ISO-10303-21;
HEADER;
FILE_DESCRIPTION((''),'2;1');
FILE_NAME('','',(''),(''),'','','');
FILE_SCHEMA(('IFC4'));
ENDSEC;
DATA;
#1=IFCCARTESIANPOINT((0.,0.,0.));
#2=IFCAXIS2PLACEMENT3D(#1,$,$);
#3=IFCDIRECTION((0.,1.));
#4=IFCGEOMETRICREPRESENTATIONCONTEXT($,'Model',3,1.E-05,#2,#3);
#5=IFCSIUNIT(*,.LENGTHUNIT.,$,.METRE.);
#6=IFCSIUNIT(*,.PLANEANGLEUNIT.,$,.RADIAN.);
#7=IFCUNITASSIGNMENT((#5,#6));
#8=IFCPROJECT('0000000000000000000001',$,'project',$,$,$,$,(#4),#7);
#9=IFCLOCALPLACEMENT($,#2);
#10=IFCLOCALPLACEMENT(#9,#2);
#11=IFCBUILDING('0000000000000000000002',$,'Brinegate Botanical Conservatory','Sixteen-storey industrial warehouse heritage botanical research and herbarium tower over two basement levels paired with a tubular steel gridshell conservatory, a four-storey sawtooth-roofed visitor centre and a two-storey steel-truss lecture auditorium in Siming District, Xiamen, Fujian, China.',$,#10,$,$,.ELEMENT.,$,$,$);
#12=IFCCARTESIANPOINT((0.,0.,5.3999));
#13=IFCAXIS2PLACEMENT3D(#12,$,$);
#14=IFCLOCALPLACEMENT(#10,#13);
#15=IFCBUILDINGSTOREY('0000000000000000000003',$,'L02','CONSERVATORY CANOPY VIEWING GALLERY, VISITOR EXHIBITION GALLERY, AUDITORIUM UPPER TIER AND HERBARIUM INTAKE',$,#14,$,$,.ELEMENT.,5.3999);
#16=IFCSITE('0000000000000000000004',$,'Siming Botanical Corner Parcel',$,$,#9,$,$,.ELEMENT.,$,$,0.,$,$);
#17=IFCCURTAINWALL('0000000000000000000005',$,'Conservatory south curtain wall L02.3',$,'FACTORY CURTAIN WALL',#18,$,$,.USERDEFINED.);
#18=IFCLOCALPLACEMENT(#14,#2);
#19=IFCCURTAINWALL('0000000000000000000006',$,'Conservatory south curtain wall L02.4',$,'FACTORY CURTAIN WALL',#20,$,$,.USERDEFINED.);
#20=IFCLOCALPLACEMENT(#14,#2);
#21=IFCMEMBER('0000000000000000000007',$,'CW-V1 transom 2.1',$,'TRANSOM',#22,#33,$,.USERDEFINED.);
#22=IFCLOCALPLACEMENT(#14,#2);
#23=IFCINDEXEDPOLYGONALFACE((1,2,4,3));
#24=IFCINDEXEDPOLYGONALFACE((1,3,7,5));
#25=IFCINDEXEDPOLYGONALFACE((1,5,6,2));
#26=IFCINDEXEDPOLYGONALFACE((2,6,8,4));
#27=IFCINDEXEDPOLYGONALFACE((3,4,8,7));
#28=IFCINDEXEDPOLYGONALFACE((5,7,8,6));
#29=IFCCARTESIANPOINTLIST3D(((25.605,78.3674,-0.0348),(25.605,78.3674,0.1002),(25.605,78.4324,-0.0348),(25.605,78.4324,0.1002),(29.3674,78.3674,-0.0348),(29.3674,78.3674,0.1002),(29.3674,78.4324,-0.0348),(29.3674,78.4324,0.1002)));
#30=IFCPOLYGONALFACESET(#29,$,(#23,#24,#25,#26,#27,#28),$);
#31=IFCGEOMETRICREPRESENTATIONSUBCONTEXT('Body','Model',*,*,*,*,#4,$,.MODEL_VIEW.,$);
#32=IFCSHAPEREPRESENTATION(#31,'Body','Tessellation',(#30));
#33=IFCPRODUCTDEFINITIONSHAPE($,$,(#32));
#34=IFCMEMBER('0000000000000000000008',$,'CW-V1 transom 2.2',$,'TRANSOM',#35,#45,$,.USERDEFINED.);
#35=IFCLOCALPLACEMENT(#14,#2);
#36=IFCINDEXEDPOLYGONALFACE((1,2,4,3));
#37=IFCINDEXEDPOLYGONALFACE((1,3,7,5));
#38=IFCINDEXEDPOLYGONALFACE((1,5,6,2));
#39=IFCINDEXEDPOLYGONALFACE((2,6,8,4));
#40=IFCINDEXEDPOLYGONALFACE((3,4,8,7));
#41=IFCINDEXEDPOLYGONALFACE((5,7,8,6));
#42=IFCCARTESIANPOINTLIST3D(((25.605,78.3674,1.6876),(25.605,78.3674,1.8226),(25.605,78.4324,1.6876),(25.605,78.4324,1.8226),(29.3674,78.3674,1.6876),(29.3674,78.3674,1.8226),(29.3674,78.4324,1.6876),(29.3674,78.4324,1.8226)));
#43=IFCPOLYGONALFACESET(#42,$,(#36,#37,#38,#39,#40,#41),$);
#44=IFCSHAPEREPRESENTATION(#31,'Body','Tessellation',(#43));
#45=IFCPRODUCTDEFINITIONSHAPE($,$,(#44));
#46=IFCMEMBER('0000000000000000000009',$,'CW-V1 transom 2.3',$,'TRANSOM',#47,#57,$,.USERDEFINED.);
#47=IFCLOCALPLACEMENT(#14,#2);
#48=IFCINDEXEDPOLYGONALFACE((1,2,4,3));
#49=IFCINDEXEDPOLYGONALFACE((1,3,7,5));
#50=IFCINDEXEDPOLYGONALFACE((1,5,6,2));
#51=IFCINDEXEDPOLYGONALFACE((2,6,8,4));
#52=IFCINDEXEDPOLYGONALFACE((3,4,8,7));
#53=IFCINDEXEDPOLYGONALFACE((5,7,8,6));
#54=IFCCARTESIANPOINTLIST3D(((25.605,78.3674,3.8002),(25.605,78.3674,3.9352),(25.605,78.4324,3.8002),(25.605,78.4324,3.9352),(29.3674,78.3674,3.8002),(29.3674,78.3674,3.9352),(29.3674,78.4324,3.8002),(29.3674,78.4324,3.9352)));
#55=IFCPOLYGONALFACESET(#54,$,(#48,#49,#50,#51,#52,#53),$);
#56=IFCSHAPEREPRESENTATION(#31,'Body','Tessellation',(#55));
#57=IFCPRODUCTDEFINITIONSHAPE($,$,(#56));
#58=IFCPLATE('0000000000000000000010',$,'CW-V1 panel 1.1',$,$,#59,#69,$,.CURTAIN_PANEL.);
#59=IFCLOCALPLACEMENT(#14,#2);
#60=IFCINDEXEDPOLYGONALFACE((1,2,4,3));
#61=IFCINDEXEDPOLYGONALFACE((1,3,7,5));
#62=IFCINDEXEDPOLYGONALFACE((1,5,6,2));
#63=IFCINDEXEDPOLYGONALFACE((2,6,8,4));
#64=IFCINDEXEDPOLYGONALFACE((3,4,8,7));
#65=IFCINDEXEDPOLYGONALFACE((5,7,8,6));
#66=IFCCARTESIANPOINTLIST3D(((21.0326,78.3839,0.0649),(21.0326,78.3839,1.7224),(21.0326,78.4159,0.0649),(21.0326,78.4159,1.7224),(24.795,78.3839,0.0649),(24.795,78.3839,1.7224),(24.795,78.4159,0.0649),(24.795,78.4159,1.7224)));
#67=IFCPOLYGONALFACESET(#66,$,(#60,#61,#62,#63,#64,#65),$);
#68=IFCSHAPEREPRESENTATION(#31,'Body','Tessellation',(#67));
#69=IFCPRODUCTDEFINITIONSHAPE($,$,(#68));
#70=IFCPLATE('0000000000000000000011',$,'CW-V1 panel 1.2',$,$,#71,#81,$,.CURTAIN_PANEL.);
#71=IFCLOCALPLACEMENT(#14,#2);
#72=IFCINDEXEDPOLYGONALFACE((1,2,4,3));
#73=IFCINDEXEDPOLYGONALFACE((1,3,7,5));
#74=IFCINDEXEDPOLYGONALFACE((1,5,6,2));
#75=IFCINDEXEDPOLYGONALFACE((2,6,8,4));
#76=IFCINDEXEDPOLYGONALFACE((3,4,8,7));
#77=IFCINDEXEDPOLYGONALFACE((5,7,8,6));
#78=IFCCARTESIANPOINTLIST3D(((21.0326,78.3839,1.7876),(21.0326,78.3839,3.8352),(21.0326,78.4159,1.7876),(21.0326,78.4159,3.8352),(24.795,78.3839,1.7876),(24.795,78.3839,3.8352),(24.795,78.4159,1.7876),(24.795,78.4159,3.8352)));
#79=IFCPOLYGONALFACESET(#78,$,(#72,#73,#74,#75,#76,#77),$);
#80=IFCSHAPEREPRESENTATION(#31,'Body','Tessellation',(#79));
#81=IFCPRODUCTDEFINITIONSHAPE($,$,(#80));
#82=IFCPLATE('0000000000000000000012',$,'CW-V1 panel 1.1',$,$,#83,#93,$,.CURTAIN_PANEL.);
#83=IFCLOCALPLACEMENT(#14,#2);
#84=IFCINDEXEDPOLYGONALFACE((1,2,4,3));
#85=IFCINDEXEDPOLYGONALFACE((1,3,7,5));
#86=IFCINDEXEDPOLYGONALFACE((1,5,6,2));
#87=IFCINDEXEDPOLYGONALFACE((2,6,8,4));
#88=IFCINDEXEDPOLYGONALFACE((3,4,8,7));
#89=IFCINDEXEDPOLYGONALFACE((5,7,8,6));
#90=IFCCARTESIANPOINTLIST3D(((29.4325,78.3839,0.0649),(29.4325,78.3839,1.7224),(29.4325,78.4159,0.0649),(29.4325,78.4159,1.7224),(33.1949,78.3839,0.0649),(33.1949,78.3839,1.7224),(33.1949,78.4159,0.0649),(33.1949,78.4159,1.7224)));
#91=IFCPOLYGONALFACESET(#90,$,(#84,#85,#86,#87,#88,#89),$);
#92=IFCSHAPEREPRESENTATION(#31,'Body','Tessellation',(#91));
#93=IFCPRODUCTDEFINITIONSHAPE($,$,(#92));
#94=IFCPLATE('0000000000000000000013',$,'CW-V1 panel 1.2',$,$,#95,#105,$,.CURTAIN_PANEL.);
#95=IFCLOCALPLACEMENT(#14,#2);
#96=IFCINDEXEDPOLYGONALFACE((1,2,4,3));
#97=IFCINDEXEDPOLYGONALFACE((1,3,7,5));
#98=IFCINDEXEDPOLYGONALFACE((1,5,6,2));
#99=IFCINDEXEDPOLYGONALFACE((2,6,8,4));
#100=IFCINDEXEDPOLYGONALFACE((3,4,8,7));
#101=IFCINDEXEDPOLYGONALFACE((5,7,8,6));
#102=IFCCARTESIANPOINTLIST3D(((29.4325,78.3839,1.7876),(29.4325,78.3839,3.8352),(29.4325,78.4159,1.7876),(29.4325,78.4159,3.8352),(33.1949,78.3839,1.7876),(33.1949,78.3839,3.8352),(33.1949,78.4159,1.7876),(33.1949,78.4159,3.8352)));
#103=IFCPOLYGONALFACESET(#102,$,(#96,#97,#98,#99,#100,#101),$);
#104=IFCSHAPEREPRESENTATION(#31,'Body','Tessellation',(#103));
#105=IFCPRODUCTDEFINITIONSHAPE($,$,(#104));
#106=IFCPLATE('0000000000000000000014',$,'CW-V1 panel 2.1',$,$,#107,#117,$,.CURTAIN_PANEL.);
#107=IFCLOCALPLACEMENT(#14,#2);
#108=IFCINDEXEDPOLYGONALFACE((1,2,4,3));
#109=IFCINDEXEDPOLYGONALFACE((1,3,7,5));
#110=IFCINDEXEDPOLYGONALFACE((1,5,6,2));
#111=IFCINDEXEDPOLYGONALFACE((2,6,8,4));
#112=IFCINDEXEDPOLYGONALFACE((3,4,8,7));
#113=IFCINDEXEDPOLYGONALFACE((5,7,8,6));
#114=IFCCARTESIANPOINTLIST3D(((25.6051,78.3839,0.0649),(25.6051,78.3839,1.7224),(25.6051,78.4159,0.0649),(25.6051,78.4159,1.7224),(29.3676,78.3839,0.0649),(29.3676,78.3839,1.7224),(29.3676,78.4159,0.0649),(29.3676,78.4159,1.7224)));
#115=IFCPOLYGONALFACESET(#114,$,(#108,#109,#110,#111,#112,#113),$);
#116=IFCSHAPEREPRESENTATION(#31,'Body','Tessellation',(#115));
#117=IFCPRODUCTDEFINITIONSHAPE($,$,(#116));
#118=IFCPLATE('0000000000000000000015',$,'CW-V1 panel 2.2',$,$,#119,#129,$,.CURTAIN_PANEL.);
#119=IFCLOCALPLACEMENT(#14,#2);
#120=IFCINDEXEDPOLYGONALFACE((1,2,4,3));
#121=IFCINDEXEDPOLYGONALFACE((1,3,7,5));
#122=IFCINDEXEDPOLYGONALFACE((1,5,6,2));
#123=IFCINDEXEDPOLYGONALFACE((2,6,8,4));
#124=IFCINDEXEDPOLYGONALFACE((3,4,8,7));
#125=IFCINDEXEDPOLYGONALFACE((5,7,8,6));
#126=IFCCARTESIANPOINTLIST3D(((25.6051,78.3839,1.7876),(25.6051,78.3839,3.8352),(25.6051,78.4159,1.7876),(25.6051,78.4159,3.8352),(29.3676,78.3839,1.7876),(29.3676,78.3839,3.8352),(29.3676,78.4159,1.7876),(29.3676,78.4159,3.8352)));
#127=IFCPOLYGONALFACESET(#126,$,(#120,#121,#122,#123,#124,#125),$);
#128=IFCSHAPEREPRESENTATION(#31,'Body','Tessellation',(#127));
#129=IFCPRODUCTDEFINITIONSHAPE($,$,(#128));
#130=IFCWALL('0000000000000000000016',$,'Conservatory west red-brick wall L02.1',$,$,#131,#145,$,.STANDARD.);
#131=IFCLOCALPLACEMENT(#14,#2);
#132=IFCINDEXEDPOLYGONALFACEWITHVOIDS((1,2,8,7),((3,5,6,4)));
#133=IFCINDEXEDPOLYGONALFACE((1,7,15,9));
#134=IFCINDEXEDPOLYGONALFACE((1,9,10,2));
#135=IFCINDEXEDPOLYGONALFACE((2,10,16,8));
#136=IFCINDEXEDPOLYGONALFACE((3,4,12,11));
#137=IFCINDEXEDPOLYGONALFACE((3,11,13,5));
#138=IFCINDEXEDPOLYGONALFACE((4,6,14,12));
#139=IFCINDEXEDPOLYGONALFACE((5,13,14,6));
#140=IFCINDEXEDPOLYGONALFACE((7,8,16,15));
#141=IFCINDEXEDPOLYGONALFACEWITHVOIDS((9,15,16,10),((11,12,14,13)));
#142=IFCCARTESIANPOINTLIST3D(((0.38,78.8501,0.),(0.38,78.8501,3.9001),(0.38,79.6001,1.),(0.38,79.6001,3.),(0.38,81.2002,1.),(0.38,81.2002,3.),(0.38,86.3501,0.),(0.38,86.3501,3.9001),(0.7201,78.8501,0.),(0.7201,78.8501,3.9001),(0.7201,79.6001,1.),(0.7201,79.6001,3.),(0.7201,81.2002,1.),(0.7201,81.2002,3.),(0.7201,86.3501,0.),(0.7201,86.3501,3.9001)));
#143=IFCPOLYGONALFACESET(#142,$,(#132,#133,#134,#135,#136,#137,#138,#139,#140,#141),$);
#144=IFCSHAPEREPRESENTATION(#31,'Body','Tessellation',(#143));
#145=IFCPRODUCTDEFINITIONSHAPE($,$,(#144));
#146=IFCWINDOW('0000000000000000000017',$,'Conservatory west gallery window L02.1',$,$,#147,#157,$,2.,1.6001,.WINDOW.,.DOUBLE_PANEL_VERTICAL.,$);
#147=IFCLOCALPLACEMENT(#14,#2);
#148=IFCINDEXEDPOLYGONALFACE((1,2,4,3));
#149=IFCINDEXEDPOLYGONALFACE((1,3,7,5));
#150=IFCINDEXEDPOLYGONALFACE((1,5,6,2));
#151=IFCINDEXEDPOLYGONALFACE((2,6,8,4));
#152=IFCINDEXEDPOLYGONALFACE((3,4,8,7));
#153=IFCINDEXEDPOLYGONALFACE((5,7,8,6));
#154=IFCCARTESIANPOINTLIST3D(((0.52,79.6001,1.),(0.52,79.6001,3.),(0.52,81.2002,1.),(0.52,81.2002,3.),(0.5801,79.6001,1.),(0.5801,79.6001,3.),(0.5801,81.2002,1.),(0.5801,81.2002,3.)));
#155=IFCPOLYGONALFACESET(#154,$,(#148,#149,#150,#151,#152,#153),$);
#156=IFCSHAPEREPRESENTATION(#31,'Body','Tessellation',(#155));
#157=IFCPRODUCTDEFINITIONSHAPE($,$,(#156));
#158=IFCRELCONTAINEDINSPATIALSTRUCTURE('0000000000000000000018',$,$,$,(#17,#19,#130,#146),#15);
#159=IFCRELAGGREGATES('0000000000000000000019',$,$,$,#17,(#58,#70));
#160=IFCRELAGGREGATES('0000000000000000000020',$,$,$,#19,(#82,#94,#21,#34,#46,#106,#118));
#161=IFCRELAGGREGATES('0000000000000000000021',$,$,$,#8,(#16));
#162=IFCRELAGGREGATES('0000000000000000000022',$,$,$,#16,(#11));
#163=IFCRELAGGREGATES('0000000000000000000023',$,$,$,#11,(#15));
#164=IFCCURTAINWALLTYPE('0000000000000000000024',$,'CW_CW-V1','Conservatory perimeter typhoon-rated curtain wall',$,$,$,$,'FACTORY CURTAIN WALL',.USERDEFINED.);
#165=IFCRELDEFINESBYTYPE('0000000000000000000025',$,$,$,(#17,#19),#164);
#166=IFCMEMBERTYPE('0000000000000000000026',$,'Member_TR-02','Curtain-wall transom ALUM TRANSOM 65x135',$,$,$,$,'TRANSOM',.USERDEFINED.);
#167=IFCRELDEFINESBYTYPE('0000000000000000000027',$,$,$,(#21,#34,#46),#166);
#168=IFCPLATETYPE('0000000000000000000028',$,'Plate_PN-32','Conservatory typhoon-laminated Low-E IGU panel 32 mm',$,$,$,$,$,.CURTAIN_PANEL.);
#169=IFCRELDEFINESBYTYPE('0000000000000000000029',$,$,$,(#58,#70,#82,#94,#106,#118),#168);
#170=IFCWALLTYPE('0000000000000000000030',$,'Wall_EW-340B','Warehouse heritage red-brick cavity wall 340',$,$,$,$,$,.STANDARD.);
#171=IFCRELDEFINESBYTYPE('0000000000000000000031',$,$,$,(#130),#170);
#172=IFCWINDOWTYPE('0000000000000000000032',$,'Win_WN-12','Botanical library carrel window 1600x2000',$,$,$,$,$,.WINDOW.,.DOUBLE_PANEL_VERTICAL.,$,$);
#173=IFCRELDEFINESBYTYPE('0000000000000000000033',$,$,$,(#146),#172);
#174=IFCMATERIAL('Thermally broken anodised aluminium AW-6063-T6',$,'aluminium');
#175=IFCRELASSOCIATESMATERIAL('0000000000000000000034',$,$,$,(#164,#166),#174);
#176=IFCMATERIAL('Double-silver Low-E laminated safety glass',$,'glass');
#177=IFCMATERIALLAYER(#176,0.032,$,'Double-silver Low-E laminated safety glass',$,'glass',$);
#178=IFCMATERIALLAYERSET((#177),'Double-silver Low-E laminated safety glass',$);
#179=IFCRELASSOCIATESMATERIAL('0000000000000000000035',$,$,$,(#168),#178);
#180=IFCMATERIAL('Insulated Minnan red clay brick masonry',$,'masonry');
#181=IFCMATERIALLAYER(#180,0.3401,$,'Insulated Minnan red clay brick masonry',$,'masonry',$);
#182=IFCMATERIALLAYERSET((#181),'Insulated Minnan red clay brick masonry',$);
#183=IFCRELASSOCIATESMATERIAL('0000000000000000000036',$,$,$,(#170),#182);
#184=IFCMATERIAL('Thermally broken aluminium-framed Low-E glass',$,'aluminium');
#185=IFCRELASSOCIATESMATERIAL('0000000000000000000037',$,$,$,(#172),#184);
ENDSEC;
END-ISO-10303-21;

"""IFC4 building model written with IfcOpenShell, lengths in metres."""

from ifc_helpers import new_model, si_unit, direction, frame, frame_2d, origin, origin_2d, place, context, subcontext, project, spatial, rectangle, extrude, material, layer, layer_set, material_profile, profile_set, type_object, element, fill, aggregate, save


model = new_model("IFC4")

# Units and contexts
model_context = context("Model", 3, precision=1e-05, world=origin(), true_north=direction((0.0, 1.0)))
body_context = subcontext(model_context, "Body", "Model", "MODEL_VIEW")
ifc_project = project(units=[si_unit("LENGTHUNIT", "METRE"), si_unit("PLANEANGLEUNIT", "RADIAN")], contexts=[model_context])

# Site, building, storey
site_placement = place(None, origin())
site = spatial("IfcSite", under=ifc_project, at=site_placement, Name="Siming Botanical Corner Parcel", CompositionType="ELEMENT", RefElevation=0.0)
building_placement = place(site_placement, origin())
building = spatial("IfcBuilding", under=site, at=building_placement, Name="Brinegate Botanical Conservatory", Description="Sixteen-storey industrial warehouse heritage botanical research and herbarium tower over two basement levels paired with a tubular steel gridshell conservatory, a four-storey sawtooth-roofed visitor centre and a two-storey steel-truss lecture auditorium in Siming District, Xiamen, Fujian, China.", CompositionType="ELEMENT")
storey_placement = place(building_placement, frame((0.0, 0.0, 5.3999)))
storey = spatial("IfcBuildingStorey", under=building, at=storey_placement, Name="L02", Description="CONSERVATORY CANOPY VIEWING GALLERY, VISITOR EXHIBITION GALLERY, AUDITORIUM UPPER TIER AND HERBARIUM INTAKE", CompositionType="ELEMENT", Elevation=5.3999)

# Curtain walls
ifc_material_1 = material(Name="Thermally broken anodised aluminium AW-6063-T6", Category="aluminium")
curtain_wall_type = type_object("IfcCurtainWallType", Name="CW_CW-V1", Description="Conservatory perimeter typhoon-rated curtain wall", ElementType="FACTORY CURTAIN WALL", PredefinedType="USERDEFINED", material=ifc_material_1)
curtain_wall_1_placement = place(storey_placement, origin())
curtain_wall_1 = element("IfcCurtainWall", 1, at=curtain_wall_1_placement, inside=storey, type_object=curtain_wall_type, Name="Conservatory south curtain wall L02.3", ObjectType="FACTORY CURTAIN WALL", PredefinedType="USERDEFINED")
curtain_wall_2_placement = place(storey_placement, origin())
curtain_wall_2 = element("IfcCurtainWall", 2, at=curtain_wall_2_placement, inside=storey, type_object=curtain_wall_type, Name="Conservatory south curtain wall L02.4", ObjectType="FACTORY CURTAIN WALL", PredefinedType="USERDEFINED")

# Members
ifc_material_profile_1 = material_profile(ifc_material_1, rectangle(XDim=0.0649, YDim=0.135, at=origin_2d()), Name="ALUM TRANSOM 65x135")
ifc_profile_set_1 = profile_set([ifc_material_profile_1], Name="Thermally broken anodised aluminium AW-6063-T6")
member_type_1 = type_object("IfcMemberType", Name="Member_TR-02", Description="Curtain-wall transom ALUM TRANSOM 65x135", ElementType="TRANSOM", PredefinedType="USERDEFINED", material=ifc_profile_set_1)
member_1_placement = place(storey_placement, frame((29.3674, 78.3999, 0.0327), z_axis=(-1.0, 0.0, 0.0), x_axis=(0.0, -1.0, 0.0)))
member_1 = element("IfcMember", 3, at=member_1_placement, type_object=member_type_1, Name="CW-V1 transom 2.1", ObjectType="TRANSOM", PredefinedType="USERDEFINED", context=body_context, shape_type="SweptSolid", body=[
    extrude(rectangle(XDim=0.0649, YDim=0.135, at=origin_2d()), origin(), (0.0, 0.0, 1.0), 3.7625),
])
member_2_placement = place(storey_placement, frame((29.3674, 78.3999, 1.7551), z_axis=(-1.0, 0.0, 0.0), x_axis=(0.0, -1.0, 0.0)))
member_2 = element("IfcMember", 4, at=member_2_placement, type_object=member_type_1, Name="CW-V1 transom 2.2", ObjectType="TRANSOM", PredefinedType="USERDEFINED", context=body_context, shape_type="SweptSolid", body=[
    extrude(rectangle(XDim=0.0649, YDim=0.135, at=origin_2d()), origin(), (0.0, 0.0, 1.0), 3.7625),
])
member_3_placement = place(storey_placement, frame((29.3674, 78.3999, 3.8677), z_axis=(-1.0, 0.0, 0.0), x_axis=(0.0, -1.0, 0.0)))
member_3 = element("IfcMember", 5, at=member_3_placement, type_object=member_type_1, Name="CW-V1 transom 2.3", ObjectType="TRANSOM", PredefinedType="USERDEFINED", context=body_context, shape_type="SweptSolid", body=[
    extrude(rectangle(XDim=0.0649, YDim=0.135, at=origin_2d()), origin(), (0.0, 0.0, 1.0), 3.7625),
])

# Plates
ifc_material_2 = material(Name="Double-silver Low-E laminated safety glass", Category="glass")
ifc_layer_1 = layer(ifc_material_2, 0.032, Name="Double-silver Low-E laminated safety glass", Category="glass")
ifc_layer_set_1 = layer_set([ifc_layer_1], Name="Double-silver Low-E laminated safety glass")
plate_type = type_object("IfcPlateType", Name="Plate_PN-32", Description="Conservatory typhoon-laminated Low-E IGU panel 32 mm", PredefinedType="CURTAIN_PANEL", material=ifc_layer_set_1)
plate_1_placement = place(storey_placement, frame((22.9138, 78.3999, 0.0649), z_axis=(0.0, 0.0, 1.0), x_axis=(-1.0, 0.0, 0.0)))
plate_1 = element("IfcPlate", 6, at=plate_1_placement, type_object=plate_type, Name="CW-V1 panel 1.1", PredefinedType="CURTAIN_PANEL", context=body_context, shape_type="SweptSolid", body=[
    extrude(rectangle(XDim=3.7625, YDim=0.032, at=origin_2d()), origin(), (0.0, 0.0, 1.0), 1.6575),
])
plate_2_placement = place(storey_placement, frame((22.9138, 78.3999, 1.7876), z_axis=(0.0, 0.0, 1.0), x_axis=(-1.0, 0.0, 0.0)))
plate_2 = element("IfcPlate", 7, at=plate_2_placement, type_object=plate_type, Name="CW-V1 panel 1.2", PredefinedType="CURTAIN_PANEL", context=body_context, shape_type="SweptSolid", body=[
    extrude(rectangle(XDim=3.7625, YDim=0.032, at=origin_2d()), origin(), (0.0, 0.0, 1.0), 2.0476),
])
aggregate(curtain_wall_1, [plate_1, plate_2])
plate_3_placement = place(storey_placement, frame((31.3137, 78.3999, 0.0649), z_axis=(0.0, 0.0, 1.0), x_axis=(-1.0, 0.0, 0.0)))
plate_3 = element("IfcPlate", 8, at=plate_3_placement, type_object=plate_type, Name="CW-V1 panel 1.1", PredefinedType="CURTAIN_PANEL", context=body_context, shape_type="SweptSolid", body=[
    extrude(rectangle(XDim=3.7625, YDim=0.032, at=origin_2d()), origin(), (0.0, 0.0, 1.0), 1.6575),
])
plate_4_placement = place(storey_placement, frame((31.3137, 78.3999, 1.7876), z_axis=(0.0, 0.0, 1.0), x_axis=(-1.0, 0.0, 0.0)))
plate_4 = element("IfcPlate", 9, at=plate_4_placement, type_object=plate_type, Name="CW-V1 panel 1.2", PredefinedType="CURTAIN_PANEL", context=body_context, shape_type="SweptSolid", body=[
    extrude(rectangle(XDim=3.7625, YDim=0.032, at=origin_2d()), origin(), (0.0, 0.0, 1.0), 2.0476),
])
plate_5_placement = place(storey_placement, frame((27.4863, 78.3999, 0.0649), z_axis=(0.0, 0.0, 1.0), x_axis=(-1.0, 0.0, 0.0)))
plate_5 = element("IfcPlate", 10, at=plate_5_placement, type_object=plate_type, Name="CW-V1 panel 2.1", PredefinedType="CURTAIN_PANEL", context=body_context, shape_type="SweptSolid", body=[
    extrude(rectangle(XDim=3.7625, YDim=0.032, at=origin_2d()), origin(), (0.0, 0.0, 1.0), 1.6575),
])
plate_6_placement = place(storey_placement, frame((27.4863, 78.3999, 1.7876), z_axis=(0.0, 0.0, 1.0), x_axis=(-1.0, 0.0, 0.0)))
plate_6 = element("IfcPlate", 11, at=plate_6_placement, type_object=plate_type, Name="CW-V1 panel 2.2", PredefinedType="CURTAIN_PANEL", context=body_context, shape_type="SweptSolid", body=[
    extrude(rectangle(XDim=3.7625, YDim=0.032, at=origin_2d()), origin(), (0.0, 0.0, 1.0), 2.0476),
])
aggregate(curtain_wall_2, [plate_3, plate_4, member_1, member_2, member_3, plate_5, plate_6])

# Wall, opening, window
ifc_material_3 = material(Name="Insulated Minnan red clay brick masonry", Category="masonry")
ifc_layer_2 = layer(ifc_material_3, 0.3401, Name="Insulated Minnan red clay brick masonry", Category="masonry")
ifc_layer_set_2 = layer_set([ifc_layer_2], Name="Insulated Minnan red clay brick masonry")
wall_type = type_object("IfcWallType", Name="Wall_EW-340B", Description="Warehouse heritage red-brick cavity wall 340", PredefinedType="STANDARD", material=ifc_layer_set_2)
wall_placement = place(storey_placement, frame((0.55, 78.8501, 0.0), z_axis=(0.0, 0.0, 1.0), x_axis=(0.0, 1.0, 0.0)))
wall = element("IfcWall", 12, at=wall_placement, inside=storey, type_object=wall_type, Name="Conservatory west red-brick wall L02.1", PredefinedType="STANDARD", context=body_context, shape_type="SweptSolid", body=[
    extrude(rectangle(XDim=7.5, YDim=0.3401, at=frame_2d((3.75, 0.0))), origin(), (0.0, 0.0, 1.0), 3.9001),
])
opening_placement = place(wall_placement, frame((0.75, 0.0, 1.0)))
opening = element("IfcOpeningElement", 13, at=opening_placement, cuts=wall, PredefinedType="OPENING", context=body_context, shape_type="SweptSolid", body=[
    extrude(rectangle(XDim=1.6001, YDim=2.0, at=frame_2d((0.8, 1.0))), frame((0.0, 0.1799, 0.0), z_axis=(0.0, -1.0, 0.0), x_axis=(1.0, 0.0, 0.0)), (0.0, 0.0, 1.0), 0.3601),
])
ifc_material_4 = material(Name="Thermally broken aluminium-framed Low-E glass", Category="aluminium")
window_type = type_object("IfcWindowType", Name="Win_WN-12", Description="Botanical library carrel window 1600x2000", PartitioningType="DOUBLE_PANEL_VERTICAL", PredefinedType="WINDOW", material=ifc_material_4)
window_placement = place(opening_placement, origin())
window = element("IfcWindow", 14, at=window_placement, inside=storey, type_object=window_type, Name="Conservatory west gallery window L02.1", OverallHeight=2.0, OverallWidth=1.6001, PartitioningType="DOUBLE_PANEL_VERTICAL", PredefinedType="WINDOW", context=body_context, shape_type="SweptSolid", body=[
    extrude(rectangle(XDim=1.6001, YDim=2.0, at=frame_2d((0.8, 1.0))), frame((0.0, 0.03, 0.0), z_axis=(0.0, -1.0, 0.0), x_axis=(1.0, 0.0, 0.0)), (0.0, 0.0, 1.0), 0.0601),
])
fill(opening, window)

save(model, "model.ifc")
